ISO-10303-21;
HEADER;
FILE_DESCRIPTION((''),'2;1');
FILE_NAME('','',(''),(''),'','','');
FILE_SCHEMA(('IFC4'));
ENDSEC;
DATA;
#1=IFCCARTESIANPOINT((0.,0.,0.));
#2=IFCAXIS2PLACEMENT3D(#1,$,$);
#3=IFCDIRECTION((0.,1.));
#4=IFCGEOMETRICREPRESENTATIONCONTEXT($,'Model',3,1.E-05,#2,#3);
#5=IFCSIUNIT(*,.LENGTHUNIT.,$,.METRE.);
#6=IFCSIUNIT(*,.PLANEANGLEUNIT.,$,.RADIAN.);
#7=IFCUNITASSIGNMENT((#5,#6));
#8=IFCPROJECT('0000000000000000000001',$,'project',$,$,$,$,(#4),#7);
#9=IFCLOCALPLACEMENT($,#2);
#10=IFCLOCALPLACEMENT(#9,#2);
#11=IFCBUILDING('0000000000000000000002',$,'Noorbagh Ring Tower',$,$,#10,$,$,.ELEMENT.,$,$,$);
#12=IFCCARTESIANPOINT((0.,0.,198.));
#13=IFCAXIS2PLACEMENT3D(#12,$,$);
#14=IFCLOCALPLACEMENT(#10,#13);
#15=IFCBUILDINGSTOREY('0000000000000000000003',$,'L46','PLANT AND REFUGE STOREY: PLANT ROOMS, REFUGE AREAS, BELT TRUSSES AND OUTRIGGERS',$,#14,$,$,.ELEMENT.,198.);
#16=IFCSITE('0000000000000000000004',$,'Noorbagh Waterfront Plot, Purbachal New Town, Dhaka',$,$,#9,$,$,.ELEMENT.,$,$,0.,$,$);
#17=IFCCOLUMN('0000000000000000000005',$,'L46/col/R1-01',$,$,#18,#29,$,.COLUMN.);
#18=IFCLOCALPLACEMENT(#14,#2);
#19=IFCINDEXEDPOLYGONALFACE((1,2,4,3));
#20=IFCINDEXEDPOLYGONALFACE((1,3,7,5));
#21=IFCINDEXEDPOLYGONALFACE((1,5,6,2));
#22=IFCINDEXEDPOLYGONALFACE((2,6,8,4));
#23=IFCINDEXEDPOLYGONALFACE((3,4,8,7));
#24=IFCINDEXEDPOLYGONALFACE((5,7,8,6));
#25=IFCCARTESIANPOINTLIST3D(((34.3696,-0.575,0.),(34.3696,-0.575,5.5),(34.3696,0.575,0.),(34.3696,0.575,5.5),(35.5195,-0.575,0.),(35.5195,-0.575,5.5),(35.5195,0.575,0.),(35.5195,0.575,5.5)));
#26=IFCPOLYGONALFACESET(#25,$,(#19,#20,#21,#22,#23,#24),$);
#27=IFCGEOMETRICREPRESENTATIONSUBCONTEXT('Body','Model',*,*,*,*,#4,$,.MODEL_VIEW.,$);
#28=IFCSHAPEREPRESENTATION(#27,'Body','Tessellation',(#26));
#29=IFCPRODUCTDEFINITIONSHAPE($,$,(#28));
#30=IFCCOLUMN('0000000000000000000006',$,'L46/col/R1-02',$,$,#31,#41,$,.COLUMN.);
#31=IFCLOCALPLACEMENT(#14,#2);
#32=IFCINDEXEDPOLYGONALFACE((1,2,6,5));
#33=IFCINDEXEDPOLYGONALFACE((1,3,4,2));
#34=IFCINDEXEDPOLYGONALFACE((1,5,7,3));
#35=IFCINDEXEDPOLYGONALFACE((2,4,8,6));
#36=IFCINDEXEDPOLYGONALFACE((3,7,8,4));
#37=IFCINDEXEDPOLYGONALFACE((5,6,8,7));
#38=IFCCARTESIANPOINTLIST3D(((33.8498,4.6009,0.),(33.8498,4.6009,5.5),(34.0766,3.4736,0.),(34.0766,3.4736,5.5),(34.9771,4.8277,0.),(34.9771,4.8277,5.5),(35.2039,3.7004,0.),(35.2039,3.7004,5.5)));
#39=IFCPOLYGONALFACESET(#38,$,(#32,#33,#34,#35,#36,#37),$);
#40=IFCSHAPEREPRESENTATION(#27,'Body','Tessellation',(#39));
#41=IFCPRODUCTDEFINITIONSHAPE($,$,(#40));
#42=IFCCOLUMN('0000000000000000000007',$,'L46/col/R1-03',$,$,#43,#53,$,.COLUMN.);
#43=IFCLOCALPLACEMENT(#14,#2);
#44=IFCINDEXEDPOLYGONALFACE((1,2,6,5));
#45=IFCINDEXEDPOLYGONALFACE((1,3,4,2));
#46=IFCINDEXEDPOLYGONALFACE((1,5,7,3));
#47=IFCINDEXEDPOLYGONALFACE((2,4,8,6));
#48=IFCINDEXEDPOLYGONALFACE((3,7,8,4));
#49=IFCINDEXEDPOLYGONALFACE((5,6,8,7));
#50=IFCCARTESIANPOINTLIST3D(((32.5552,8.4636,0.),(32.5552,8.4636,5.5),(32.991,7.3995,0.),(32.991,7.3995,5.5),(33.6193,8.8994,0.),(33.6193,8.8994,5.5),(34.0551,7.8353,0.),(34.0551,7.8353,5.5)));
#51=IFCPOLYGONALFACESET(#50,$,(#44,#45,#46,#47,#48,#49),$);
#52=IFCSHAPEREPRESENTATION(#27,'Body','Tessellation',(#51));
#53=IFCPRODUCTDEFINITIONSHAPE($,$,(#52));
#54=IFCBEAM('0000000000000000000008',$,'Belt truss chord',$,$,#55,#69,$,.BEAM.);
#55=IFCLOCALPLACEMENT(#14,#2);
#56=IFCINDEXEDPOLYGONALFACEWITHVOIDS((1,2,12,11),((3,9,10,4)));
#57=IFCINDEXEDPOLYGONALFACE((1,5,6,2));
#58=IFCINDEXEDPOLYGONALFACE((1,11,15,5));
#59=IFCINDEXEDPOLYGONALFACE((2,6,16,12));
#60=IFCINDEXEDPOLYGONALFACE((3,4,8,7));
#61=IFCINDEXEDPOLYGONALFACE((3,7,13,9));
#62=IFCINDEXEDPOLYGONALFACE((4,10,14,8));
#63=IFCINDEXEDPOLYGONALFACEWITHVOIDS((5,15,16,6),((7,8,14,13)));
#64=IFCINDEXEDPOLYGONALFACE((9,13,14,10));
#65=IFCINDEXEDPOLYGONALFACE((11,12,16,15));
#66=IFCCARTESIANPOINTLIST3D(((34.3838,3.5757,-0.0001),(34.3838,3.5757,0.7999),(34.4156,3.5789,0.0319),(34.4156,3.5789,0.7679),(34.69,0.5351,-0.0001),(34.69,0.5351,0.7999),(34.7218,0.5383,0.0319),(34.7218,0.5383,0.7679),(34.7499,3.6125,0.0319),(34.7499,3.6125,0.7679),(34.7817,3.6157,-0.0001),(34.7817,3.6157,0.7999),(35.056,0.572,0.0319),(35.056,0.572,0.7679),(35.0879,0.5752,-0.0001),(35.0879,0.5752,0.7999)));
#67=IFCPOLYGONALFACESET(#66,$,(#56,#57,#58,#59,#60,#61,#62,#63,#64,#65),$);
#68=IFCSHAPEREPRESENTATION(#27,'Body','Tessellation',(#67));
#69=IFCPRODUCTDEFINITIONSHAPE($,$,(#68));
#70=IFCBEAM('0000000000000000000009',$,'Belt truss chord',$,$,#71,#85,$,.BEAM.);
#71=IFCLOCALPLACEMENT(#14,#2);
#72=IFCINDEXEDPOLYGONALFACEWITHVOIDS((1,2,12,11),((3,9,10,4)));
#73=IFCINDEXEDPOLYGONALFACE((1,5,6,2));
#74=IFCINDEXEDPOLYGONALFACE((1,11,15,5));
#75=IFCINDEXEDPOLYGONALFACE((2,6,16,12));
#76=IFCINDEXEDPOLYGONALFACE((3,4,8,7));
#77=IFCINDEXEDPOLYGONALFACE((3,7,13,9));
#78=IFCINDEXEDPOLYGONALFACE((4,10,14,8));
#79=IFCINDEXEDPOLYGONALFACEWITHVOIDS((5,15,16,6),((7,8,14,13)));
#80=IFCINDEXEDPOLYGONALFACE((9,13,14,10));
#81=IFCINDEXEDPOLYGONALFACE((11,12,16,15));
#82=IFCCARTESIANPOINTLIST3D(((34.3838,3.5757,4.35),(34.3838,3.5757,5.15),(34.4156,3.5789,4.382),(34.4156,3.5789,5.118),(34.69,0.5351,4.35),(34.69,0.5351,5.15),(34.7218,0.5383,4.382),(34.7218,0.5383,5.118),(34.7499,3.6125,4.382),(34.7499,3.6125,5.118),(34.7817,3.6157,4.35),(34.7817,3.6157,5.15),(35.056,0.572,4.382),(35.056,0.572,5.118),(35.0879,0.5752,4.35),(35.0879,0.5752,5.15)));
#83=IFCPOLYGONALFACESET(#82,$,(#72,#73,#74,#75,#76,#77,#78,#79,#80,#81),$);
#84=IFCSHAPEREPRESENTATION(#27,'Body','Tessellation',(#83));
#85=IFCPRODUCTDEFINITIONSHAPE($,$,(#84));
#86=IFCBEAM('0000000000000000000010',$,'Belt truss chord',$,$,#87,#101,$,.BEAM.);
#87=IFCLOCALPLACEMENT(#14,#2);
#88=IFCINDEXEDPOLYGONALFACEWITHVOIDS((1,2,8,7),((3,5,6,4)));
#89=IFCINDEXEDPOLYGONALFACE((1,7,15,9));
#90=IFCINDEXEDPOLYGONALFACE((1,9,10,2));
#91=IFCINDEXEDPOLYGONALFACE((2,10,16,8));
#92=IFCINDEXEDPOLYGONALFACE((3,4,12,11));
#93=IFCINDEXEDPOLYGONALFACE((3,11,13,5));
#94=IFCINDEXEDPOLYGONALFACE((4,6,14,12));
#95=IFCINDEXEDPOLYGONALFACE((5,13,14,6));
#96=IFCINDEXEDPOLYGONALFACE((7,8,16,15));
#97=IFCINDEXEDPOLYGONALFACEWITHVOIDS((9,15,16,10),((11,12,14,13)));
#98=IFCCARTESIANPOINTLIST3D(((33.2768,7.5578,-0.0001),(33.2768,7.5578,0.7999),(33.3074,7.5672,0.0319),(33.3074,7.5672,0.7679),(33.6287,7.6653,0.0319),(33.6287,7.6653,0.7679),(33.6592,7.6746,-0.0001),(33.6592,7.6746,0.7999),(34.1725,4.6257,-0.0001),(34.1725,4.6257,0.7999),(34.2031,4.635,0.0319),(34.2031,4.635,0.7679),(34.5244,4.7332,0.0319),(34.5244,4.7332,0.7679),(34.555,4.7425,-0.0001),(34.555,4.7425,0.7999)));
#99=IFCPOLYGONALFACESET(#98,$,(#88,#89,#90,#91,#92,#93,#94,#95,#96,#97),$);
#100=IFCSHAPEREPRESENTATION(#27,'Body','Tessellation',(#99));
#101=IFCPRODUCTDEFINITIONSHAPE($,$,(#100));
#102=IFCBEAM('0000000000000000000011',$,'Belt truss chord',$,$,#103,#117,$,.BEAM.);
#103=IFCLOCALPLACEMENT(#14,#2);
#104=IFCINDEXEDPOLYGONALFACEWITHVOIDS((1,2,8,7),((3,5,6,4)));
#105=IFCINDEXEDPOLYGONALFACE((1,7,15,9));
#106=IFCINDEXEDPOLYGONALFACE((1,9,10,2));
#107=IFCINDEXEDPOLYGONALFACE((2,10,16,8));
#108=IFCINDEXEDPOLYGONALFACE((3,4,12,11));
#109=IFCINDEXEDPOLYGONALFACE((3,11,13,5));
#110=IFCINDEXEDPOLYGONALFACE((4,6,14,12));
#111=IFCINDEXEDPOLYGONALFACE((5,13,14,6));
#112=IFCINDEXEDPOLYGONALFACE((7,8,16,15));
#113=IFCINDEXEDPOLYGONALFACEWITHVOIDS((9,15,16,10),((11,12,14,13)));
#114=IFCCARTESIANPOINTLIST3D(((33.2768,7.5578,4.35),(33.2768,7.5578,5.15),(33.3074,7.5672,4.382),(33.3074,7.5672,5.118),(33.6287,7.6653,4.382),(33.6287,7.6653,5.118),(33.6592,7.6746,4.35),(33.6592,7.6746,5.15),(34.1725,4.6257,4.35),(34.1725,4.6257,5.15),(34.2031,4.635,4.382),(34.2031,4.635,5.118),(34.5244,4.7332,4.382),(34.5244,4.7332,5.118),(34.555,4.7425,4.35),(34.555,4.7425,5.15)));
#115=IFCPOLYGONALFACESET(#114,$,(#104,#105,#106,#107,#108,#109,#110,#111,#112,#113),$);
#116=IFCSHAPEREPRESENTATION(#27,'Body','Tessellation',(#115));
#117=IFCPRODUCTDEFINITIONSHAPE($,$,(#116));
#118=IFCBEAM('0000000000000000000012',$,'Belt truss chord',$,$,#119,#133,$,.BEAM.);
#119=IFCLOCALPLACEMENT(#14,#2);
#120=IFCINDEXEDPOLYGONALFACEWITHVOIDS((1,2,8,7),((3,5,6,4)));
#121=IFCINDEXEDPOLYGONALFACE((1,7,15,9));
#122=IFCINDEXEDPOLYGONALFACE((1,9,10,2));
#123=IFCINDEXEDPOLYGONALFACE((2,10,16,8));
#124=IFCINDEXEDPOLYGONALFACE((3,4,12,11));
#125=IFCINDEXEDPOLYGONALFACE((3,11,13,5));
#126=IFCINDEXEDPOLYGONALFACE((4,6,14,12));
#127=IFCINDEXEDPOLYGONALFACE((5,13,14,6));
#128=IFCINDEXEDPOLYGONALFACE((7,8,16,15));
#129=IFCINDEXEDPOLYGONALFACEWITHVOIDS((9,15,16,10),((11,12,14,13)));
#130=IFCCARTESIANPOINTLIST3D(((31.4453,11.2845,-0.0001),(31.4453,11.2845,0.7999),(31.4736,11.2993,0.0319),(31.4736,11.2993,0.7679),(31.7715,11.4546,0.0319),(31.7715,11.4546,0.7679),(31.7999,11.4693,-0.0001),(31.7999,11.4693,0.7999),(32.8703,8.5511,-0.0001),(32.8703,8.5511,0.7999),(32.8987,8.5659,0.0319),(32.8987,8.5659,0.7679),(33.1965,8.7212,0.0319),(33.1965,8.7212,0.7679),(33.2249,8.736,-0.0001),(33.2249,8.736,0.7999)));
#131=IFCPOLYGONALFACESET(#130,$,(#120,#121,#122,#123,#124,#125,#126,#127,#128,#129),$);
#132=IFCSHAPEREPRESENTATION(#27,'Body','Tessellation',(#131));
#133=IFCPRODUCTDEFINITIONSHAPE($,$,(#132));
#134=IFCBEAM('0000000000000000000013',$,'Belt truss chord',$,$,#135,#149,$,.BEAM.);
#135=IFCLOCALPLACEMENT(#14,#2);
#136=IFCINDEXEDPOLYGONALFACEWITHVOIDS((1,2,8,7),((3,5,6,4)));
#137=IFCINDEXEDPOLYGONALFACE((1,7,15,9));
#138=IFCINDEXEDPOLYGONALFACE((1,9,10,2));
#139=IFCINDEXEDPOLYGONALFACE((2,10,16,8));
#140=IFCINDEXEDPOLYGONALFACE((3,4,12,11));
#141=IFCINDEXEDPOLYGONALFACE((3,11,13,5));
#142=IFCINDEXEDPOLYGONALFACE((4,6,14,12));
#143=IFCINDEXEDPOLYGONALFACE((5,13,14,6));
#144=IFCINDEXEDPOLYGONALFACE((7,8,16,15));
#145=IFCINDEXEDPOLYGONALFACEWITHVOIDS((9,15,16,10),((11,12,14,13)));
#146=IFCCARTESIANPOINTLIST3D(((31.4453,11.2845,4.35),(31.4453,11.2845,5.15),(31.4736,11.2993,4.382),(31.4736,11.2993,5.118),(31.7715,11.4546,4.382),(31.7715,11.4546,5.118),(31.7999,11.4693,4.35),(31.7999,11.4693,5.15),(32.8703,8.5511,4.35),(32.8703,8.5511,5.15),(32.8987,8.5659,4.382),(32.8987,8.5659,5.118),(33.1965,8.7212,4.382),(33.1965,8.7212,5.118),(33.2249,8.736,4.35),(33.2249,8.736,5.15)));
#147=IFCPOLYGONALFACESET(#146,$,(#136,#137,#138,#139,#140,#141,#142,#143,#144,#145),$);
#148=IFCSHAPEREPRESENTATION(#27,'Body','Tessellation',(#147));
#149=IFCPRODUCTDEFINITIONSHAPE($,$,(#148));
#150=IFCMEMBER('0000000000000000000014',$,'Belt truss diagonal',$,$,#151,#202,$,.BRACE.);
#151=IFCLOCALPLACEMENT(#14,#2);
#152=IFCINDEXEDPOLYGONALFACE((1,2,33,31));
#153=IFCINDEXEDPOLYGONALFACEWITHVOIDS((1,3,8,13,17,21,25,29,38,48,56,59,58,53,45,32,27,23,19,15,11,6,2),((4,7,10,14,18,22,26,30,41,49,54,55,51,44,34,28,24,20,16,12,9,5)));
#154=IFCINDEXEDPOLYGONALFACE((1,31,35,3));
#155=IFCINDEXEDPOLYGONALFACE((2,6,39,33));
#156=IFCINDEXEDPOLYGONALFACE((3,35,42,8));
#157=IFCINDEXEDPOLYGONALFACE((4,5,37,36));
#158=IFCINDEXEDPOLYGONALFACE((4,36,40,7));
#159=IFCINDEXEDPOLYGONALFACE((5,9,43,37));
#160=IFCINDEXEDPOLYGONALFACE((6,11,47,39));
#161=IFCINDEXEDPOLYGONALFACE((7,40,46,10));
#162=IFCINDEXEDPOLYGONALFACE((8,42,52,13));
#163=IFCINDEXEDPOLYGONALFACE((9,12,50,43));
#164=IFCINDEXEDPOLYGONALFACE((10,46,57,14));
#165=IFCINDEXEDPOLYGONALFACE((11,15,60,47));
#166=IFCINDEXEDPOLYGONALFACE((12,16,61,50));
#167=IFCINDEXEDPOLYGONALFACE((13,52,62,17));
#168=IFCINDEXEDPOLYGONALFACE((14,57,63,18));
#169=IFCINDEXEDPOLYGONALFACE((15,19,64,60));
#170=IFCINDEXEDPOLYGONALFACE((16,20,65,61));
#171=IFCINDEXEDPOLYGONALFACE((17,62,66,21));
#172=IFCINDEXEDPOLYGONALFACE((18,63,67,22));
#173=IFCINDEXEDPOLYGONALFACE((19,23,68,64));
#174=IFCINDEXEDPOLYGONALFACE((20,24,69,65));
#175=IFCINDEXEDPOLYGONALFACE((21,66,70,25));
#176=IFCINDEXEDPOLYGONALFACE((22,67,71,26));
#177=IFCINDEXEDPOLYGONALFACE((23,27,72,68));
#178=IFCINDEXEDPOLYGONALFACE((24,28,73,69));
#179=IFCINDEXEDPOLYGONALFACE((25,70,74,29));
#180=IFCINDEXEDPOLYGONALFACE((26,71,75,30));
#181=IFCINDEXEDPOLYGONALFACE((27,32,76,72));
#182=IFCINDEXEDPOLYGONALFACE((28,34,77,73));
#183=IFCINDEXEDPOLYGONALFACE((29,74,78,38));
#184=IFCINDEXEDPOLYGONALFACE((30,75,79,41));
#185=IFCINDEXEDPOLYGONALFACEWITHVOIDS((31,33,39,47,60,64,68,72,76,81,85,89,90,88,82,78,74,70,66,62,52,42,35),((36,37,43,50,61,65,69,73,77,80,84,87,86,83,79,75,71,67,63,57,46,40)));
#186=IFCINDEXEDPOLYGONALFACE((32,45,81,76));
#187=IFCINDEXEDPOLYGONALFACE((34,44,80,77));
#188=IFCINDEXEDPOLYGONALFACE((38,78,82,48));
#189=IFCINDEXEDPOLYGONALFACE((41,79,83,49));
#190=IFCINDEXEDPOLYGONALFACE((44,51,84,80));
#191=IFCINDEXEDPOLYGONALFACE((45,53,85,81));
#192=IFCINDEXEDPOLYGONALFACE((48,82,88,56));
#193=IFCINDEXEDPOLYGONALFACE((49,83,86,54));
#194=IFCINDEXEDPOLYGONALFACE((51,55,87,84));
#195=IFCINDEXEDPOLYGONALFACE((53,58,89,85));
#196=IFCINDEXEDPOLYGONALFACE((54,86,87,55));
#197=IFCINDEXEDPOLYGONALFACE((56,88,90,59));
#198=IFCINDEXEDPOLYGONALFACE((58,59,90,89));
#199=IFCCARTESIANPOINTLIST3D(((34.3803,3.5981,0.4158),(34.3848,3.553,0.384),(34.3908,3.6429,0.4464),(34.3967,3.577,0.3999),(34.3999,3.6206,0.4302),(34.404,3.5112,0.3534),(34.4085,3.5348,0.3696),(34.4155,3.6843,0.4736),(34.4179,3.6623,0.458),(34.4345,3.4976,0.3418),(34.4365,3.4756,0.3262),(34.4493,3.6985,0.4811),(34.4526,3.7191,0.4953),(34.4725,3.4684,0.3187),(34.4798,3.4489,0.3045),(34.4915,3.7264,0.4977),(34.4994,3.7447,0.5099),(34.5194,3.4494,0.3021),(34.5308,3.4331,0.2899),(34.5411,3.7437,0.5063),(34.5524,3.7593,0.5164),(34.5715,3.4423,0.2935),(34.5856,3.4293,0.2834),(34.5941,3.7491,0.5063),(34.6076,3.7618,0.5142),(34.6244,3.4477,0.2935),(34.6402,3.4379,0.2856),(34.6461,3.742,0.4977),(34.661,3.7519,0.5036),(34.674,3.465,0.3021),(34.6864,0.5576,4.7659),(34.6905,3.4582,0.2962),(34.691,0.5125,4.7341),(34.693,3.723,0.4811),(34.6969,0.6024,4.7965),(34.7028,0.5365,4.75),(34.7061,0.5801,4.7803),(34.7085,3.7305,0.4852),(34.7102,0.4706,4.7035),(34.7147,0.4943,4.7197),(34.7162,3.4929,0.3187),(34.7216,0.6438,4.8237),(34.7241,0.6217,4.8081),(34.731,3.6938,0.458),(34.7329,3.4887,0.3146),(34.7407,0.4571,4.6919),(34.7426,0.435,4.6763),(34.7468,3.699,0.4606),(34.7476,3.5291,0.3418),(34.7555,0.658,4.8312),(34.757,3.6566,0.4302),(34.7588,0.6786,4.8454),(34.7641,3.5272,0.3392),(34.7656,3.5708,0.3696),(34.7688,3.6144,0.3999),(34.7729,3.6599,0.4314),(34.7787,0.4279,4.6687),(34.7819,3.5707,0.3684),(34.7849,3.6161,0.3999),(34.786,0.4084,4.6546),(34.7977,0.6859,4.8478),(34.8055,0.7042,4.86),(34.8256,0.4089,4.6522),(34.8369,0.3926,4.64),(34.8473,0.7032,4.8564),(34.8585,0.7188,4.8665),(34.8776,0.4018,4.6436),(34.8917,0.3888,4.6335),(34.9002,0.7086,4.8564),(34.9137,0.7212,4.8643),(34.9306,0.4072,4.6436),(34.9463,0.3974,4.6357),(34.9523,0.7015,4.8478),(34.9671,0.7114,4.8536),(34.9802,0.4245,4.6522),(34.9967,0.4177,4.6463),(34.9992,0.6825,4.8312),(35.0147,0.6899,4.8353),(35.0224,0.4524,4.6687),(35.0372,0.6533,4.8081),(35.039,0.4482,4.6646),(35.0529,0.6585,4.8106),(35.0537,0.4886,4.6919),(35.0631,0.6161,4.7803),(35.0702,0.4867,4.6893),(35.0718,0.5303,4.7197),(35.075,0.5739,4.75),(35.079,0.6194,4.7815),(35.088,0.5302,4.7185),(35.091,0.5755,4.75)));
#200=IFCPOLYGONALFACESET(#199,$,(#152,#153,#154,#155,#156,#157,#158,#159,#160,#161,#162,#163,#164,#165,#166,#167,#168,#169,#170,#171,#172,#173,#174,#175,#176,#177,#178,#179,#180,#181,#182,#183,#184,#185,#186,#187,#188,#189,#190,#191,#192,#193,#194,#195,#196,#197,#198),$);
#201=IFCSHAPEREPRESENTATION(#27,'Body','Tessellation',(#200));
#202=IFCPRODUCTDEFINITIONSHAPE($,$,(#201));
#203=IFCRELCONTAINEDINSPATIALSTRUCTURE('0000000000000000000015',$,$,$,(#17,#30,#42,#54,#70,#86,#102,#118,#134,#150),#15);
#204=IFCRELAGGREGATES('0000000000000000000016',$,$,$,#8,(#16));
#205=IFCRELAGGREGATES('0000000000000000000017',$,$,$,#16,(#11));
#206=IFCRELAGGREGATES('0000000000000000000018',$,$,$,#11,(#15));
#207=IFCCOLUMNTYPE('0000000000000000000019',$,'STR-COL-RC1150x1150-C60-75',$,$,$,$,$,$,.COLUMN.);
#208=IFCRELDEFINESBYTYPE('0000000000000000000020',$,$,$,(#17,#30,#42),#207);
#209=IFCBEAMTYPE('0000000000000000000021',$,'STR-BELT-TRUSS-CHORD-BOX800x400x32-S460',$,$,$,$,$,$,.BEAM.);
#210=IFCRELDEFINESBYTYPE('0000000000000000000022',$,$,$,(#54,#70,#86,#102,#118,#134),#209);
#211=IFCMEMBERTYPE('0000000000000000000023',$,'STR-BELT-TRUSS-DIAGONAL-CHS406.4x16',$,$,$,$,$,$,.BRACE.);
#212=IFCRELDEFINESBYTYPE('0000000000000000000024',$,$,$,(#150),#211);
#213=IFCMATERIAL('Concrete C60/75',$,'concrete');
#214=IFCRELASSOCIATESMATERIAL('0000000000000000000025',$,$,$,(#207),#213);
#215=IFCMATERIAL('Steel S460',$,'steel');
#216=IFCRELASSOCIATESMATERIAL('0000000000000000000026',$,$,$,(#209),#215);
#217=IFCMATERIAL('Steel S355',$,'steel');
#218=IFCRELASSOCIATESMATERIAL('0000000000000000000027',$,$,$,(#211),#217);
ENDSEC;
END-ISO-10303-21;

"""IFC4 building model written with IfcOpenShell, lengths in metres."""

from ifc_helpers import new_model, si_unit, direction, frame, origin, origin_2d, place, context, subcontext, project, spatial, rectangle, hollow_rectangle, hollow_circle, extrude, material, material_profile, profile_set, type_object, element, save


model = new_model("IFC4")

# Units and contexts
model_context = context("Model", 3, precision=1e-05, world=origin(), true_north=direction((0.0, 1.0)))
body_context = subcontext(model_context, "Body", "Model", "MODEL_VIEW")
ifc_project = project(units=[si_unit("LENGTHUNIT", "METRE"), si_unit("PLANEANGLEUNIT", "RADIAN")], contexts=[model_context])

# Site, building, storey
site_placement = place(None, origin())
site = spatial("IfcSite", under=ifc_project, at=site_placement, Name="Noorbagh Waterfront Plot, Purbachal New Town, Dhaka", CompositionType="ELEMENT", RefElevation=0.0)
building_placement = place(site_placement, origin())
building = spatial("IfcBuilding", under=site, at=building_placement, Name="Noorbagh Ring Tower", CompositionType="ELEMENT")
storey_placement = place(building_placement, frame((0.0, 0.0, 198.0)))
storey = spatial("IfcBuildingStorey", under=building, at=storey_placement, Name="L46", Description="PLANT AND REFUGE STOREY: PLANT ROOMS, REFUGE AREAS, BELT TRUSSES AND OUTRIGGERS", CompositionType="ELEMENT", Elevation=198.0)

# Columns
ifc_material_1 = material(Name="Concrete C60/75", Category="concrete")
ifc_material_profile_1 = material_profile(ifc_material_1, rectangle(XDim=1.1499, YDim=1.1499, at=origin_2d()), Name="RC1150x1150")
ifc_profile_set_1 = profile_set([ifc_material_profile_1], Name="Concrete C60/75")
column_type = type_object("IfcColumnType", Name="STR-COL-RC1150x1150-C60-75", PredefinedType="COLUMN", material=ifc_profile_set_1)
for number, where, z_axis, x_axis, name in (
    (1, (34.9446, 0.0, 0.0), (0.0, 0.0, 1.0), (0.0, 1.0, 0.0), "L46/col/R1-01"),
    (2, (34.5269, 4.1506, 0.0), (0.0, 0.0, 1.0), (-0.19723, 0.980357, 0.0), "L46/col/R1-02"),
    (3, (33.3052, 8.1494, 0.0), (0.0, 0.0, 1.0), (-0.378989, 0.925401, 0.0), "L46/col/R1-03"),
):
    element("IfcColumn", number, at=place(storey_placement, frame(where, z_axis=z_axis, x_axis=x_axis)), inside=storey, type_object=column_type, Name=name, PredefinedType="COLUMN", context=body_context, shape_type="SweptSolid", body=[
        extrude(rectangle(XDim=1.1499, YDim=1.1499, at=origin_2d()), origin(), (0.0, 0.0, 1.0), 5.5),
    ])

# Beams
ifc_material_2 = material(Name="Steel S460", Category="steel")
ifc_material_profile_2 = material_profile(ifc_material_2, hollow_rectangle(XDim=0.3999, YDim=0.8, WallThickness=0.032, at=origin_2d()), Name="BOX800x400x32")
ifc_profile_set_2 = profile_set([ifc_material_profile_2], Name="Steel S460")
beam_type_1 = type_object("IfcBeamType", Name="STR-BELT-TRUSS-CHORD-BOX800x400x32-S460", PredefinedType="BEAM", material=ifc_profile_set_2)
for number, where, z_axis, x_axis, name in (
    (4, (34.8889, 0.5552, 0.3999), (-0.100184, 0.994969, 0.0), (-0.994969, -0.100184, 0.0), "Belt truss chord"),
    (5, (34.8889, 0.5552, 4.75), (-0.100184, 0.994969, 0.0), (-0.994969, -0.100184, 0.0), "Belt truss chord"),
):
    element("IfcBeam", number, at=place(storey_placement, frame(where, z_axis=z_axis, x_axis=x_axis)), inside=storey, type_object=beam_type_1, Name=name, PredefinedType="BEAM", context=body_context, shape_type="SweptSolid", body=[
        extrude(hollow_rectangle(XDim=0.3999, YDim=0.8, WallThickness=0.032, at=origin_2d()), origin(), (0.0, 0.0, 1.0), 3.0559),
    ])
for number, where, z_axis, x_axis, name in (
    (6, (34.3638, 4.6841, 0.3999), (-0.292166, 0.956368, 0.0), (-0.956368, -0.292166, 0.0), "Belt truss chord"),
    (7, (34.3638, 4.6841, 4.75), (-0.292166, 0.956368, 0.0), (-0.956368, -0.292166, 0.0), "Belt truss chord"),
):
    element("IfcBeam", number, at=place(storey_placement, frame(where, z_axis=z_axis, x_axis=x_axis)), inside=storey, type_object=beam_type_1, Name=name, PredefinedType="BEAM", context=body_context, shape_type="SweptSolid", body=[
        extrude(hollow_rectangle(XDim=0.3999, YDim=0.8, WallThickness=0.032, at=origin_2d()), origin(), (0.0, 0.0, 1.0), 3.0659),
    ])
for number, where, z_axis, x_axis, name in (
    (8, (33.0476, 8.6436, 0.3999), (-0.462293, 0.886727, 0.0), (-0.886727, -0.462293, 0.0), "Belt truss chord"),
    (9, (33.0476, 8.6436, 4.75), (-0.462293, 0.886727, 0.0), (-0.886727, -0.462293, 0.0), "Belt truss chord"),
):
    element("IfcBeam", number, at=place(storey_placement, frame(where, z_axis=z_axis, x_axis=x_axis)), inside=storey, type_object=beam_type_1, Name=name, PredefinedType="BEAM", context=body_context, shape_type="SweptSolid", body=[
        extrude(hollow_rectangle(XDim=0.3999, YDim=0.8, WallThickness=0.032, at=origin_2d()), origin(), (0.0, 0.0, 1.0), 3.0825),
    ])

# Member
ifc_material_3 = material(Name="Steel S355", Category="steel")
ifc_material_profile_3 = material_profile(ifc_material_3, hollow_circle(Radius=0.2031, WallThickness=0.0161, at=origin_2d()), Name="CHS406.4x16")
ifc_profile_set_3 = profile_set([ifc_material_profile_3], Name="Steel S355")
member_type_1 = type_object("IfcMemberType", Name="STR-BELT-TRUSS-DIAGONAL-CHS406.4x16", PredefinedType="BRACE", material=ifc_profile_set_3)
member_1_placement = place(storey_placement, frame((34.5828, 3.5957, 0.3999), z_axis=(0.057589, -0.571937, 0.818273), x_axis=(0.994969, 0.100184, 0.0)))
element("IfcMember", 10, at=member_1_placement, inside=storey, type_object=member_type_1, Name="Belt truss diagonal", PredefinedType="BRACE", context=body_context, shape_type="SweptSolid", body=[
    extrude(hollow_circle(Radius=0.2031, WallThickness=0.0161, at=origin_2d()), origin(), (0.0, 0.0, 1.0), 5.3162),
])

save(model, "model.ifc")
